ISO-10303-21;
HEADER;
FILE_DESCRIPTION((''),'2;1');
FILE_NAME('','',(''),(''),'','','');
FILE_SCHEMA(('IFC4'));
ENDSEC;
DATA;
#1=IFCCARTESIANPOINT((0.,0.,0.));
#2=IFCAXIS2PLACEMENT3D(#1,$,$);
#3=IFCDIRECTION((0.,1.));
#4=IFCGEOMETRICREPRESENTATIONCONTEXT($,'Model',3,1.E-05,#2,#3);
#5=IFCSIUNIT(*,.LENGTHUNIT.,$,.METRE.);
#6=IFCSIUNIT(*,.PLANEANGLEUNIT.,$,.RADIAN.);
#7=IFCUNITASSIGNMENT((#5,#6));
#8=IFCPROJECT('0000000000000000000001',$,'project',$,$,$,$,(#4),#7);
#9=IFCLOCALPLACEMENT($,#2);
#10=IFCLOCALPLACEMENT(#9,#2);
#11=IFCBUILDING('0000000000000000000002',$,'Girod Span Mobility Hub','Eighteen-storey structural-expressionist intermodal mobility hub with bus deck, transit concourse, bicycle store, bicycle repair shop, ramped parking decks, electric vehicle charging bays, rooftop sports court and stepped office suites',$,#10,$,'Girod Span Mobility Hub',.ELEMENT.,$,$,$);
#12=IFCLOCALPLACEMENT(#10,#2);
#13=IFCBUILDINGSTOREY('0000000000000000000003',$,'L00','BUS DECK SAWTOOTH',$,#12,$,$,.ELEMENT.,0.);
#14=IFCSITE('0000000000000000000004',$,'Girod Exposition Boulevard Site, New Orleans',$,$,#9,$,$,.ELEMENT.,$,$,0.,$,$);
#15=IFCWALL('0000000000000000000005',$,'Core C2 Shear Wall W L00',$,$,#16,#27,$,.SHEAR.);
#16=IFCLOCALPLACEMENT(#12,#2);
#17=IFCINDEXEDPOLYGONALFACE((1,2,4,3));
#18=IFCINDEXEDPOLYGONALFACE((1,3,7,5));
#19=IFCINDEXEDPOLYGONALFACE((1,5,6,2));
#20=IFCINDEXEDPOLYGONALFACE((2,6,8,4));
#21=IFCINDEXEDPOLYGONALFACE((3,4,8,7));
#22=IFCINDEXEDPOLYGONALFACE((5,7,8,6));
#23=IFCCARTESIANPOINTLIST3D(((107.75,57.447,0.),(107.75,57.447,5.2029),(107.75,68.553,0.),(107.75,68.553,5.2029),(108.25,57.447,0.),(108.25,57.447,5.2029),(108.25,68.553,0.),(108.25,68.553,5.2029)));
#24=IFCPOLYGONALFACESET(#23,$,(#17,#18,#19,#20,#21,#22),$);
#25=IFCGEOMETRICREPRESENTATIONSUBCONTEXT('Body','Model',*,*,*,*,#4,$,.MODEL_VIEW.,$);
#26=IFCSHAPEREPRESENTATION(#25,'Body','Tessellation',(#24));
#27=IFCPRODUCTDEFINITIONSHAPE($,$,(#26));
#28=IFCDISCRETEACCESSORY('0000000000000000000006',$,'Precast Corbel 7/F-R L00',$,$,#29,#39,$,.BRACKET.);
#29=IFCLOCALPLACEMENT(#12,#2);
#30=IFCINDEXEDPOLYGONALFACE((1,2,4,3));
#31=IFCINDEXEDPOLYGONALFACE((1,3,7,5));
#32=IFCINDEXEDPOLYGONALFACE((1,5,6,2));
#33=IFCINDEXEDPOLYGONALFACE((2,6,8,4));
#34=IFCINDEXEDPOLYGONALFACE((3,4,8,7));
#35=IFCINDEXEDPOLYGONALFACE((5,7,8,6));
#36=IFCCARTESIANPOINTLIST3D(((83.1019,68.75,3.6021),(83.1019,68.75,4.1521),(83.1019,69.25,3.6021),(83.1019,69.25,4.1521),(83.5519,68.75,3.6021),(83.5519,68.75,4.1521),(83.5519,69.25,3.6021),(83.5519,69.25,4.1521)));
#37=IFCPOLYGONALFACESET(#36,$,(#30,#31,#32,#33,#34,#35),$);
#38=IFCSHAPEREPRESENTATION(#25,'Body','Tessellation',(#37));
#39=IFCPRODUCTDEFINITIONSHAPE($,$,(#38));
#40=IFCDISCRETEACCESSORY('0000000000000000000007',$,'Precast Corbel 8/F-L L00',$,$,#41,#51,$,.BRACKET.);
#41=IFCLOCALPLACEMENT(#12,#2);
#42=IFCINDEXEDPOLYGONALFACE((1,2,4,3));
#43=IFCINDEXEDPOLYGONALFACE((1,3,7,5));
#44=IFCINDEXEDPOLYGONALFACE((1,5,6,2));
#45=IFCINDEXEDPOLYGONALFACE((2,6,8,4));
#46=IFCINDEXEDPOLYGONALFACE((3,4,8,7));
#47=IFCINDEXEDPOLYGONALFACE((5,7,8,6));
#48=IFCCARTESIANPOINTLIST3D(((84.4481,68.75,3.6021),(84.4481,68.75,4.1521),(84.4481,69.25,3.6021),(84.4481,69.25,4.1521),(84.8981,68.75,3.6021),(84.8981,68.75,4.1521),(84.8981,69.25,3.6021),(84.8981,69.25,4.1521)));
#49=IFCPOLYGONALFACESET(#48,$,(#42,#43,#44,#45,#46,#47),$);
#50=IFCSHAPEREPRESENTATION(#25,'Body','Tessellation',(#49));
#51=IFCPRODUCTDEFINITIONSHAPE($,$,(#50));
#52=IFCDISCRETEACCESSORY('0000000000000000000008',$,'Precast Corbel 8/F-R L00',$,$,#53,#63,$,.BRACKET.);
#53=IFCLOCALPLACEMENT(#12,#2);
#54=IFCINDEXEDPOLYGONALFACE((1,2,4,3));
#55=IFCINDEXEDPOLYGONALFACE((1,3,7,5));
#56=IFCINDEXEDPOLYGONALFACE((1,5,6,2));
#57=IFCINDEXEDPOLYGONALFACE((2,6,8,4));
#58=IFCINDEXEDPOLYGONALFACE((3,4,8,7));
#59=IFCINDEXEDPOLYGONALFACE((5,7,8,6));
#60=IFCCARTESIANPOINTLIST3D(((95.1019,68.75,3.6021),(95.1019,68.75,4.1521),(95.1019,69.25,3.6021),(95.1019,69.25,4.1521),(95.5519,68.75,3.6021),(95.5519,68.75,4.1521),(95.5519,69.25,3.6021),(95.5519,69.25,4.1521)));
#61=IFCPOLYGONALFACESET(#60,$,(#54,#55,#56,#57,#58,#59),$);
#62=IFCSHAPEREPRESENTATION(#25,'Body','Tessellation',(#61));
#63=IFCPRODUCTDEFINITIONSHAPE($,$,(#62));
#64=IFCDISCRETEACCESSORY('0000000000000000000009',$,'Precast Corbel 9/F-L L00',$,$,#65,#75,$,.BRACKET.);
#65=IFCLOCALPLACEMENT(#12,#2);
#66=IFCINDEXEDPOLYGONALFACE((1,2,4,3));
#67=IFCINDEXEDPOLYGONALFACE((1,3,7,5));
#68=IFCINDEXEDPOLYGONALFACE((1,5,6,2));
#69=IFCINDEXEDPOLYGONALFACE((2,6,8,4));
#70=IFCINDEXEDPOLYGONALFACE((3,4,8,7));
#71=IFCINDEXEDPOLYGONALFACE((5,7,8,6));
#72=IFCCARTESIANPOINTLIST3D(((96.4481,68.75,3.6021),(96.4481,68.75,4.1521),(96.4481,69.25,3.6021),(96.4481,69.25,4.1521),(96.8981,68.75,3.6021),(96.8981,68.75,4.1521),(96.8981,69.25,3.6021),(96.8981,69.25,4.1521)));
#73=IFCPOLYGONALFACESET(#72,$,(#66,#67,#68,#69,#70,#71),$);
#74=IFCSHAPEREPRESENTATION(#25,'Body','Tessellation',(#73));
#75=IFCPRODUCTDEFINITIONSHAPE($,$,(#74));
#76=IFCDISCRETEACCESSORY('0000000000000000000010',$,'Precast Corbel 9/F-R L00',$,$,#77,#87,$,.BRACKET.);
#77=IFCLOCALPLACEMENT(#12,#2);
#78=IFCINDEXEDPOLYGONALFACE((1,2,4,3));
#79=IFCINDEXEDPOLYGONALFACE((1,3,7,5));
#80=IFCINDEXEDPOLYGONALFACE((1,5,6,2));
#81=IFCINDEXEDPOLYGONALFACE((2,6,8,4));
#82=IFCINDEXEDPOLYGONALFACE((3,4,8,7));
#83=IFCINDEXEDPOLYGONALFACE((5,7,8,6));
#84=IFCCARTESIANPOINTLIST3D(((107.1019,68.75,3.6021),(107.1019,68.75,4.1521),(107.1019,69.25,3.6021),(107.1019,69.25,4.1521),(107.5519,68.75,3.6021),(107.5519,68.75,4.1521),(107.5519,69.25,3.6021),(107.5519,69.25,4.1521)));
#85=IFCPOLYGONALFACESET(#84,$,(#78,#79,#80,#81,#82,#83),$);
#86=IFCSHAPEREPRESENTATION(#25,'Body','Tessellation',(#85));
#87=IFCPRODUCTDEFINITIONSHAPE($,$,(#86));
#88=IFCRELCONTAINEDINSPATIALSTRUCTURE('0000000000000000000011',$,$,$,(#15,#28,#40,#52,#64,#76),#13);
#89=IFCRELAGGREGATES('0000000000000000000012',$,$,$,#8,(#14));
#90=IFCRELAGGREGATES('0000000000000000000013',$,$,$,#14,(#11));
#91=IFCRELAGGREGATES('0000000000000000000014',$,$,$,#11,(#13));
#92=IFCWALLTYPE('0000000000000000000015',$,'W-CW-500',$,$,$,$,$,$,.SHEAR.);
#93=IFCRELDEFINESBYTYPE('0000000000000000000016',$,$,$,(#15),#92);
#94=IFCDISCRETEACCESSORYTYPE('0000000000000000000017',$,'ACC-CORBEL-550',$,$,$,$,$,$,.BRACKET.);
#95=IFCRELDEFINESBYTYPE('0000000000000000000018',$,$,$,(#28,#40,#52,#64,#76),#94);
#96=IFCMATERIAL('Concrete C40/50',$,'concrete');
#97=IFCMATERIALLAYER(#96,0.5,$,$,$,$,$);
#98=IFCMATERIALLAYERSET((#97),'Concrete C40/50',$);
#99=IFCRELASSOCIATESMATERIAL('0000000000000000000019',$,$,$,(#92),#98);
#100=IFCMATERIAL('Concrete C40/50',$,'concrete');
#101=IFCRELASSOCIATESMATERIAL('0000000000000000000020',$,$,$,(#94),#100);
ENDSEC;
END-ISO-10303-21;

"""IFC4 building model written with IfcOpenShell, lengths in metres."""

from ifc_helpers import new_model, si_unit, direction, frame, frame_2d, origin, origin_2d, place, context, subcontext, project, spatial, rectangle, extrude, material, layer, layer_set, type_object, element, save


model = new_model("IFC4")

# Units and contexts
model_context = context("Model", 3, precision=1e-05, world=origin(), true_north=direction((0.0, 1.0)))
body_context = subcontext(model_context, "Body", "Model", "MODEL_VIEW")
ifc_project = project(units=[si_unit("LENGTHUNIT", "METRE"), si_unit("PLANEANGLEUNIT", "RADIAN")], contexts=[model_context])

# Site, building, storey
site_placement = place(None, origin())
site = spatial("IfcSite", under=ifc_project, at=site_placement, Name="Girod Exposition Boulevard Site, New Orleans", CompositionType="ELEMENT", RefElevation=0.0)
building_placement = place(site_placement, origin())
building = spatial("IfcBuilding", under=site, at=building_placement, Name="Girod Span Mobility Hub", Description="Eighteen-storey structural-expressionist intermodal mobility hub with bus deck, transit concourse, bicycle store, bicycle repair shop, ramped parking decks, electric vehicle charging bays, rooftop sports court and stepped office suites", LongName="Girod Span Mobility Hub", CompositionType="ELEMENT")
storey_placement = place(building_placement, origin())
storey = spatial("IfcBuildingStorey", under=building, at=storey_placement, Name="L00", Description="BUS DECK SAWTOOTH", CompositionType="ELEMENT", Elevation=0.0)

# Wall
ifc_material_1 = material(Name="Concrete C40/50", Category="concrete")
ifc_layer = layer(ifc_material_1, 0.5)
ifc_layer_set = layer_set([ifc_layer], Name="Concrete C40/50")
wall_type = type_object("IfcWallType", Name="W-CW-500", PredefinedType="SHEAR", material=ifc_layer_set)
wall_placement = place(storey_placement, frame((108.0, 57.447, 0.0), z_axis=(0.0, 0.0, 1.0), x_axis=(0.0, 1.0, 0.0)))
element("IfcWall", 1, at=wall_placement, inside=storey, type_object=wall_type, Name="Core C2 Shear Wall W L00", PredefinedType="SHEAR", context=body_context, shape_type="SweptSolid", body=[
    extrude(rectangle(XDim=11.106, YDim=0.5, at=frame_2d((5.553, 0.0))), origin(), (0.0, 0.0, 1.0), 5.2029),
])

# Discrete accessories
ifc_material_2 = material(Name="Concrete C40/50", Category="concrete")
discrete_accessory_type = type_object("IfcDiscreteAccessoryType", Name="ACC-CORBEL-550", PredefinedType="BRACKET", material=ifc_material_2)
for number, where, z_axis, x_axis, name in (
    (2, (83.3269, 69.0, 3.6021), (0.0, 0.0, 1.0), (1.0, 0.0, 0.0), "Precast Corbel 7/F-R L00"),
    (3, (84.6731, 69.0, 3.6021), (0.0, 0.0, 1.0), (1.0, 0.0, 0.0), "Precast Corbel 8/F-L L00"),
    (4, (95.3269, 69.0, 3.6021), (0.0, 0.0, 1.0), (1.0, 0.0, 0.0), "Precast Corbel 8/F-R L00"),
    (5, (96.6731, 69.0, 3.6021), (0.0, 0.0, 1.0), (1.0, 0.0, 0.0), "Precast Corbel 9/F-L L00"),
    (6, (107.3269, 69.0, 3.6021), (0.0, 0.0, 1.0), (1.0, 0.0, 0.0), "Precast Corbel 9/F-R L00"),
):
    element("IfcDiscreteAccessory", number, at=place(storey_placement, frame(where, z_axis=z_axis, x_axis=x_axis)), inside=storey, type_object=discrete_accessory_type, Name=name, PredefinedType="BRACKET", context=body_context, shape_type="SweptSolid", body=[
        extrude(rectangle(XDim=0.45, YDim=0.5, at=origin_2d()), origin(), (0.0, 0.0, 1.0), 0.55),
    ])

save(model, "model.ifc")
